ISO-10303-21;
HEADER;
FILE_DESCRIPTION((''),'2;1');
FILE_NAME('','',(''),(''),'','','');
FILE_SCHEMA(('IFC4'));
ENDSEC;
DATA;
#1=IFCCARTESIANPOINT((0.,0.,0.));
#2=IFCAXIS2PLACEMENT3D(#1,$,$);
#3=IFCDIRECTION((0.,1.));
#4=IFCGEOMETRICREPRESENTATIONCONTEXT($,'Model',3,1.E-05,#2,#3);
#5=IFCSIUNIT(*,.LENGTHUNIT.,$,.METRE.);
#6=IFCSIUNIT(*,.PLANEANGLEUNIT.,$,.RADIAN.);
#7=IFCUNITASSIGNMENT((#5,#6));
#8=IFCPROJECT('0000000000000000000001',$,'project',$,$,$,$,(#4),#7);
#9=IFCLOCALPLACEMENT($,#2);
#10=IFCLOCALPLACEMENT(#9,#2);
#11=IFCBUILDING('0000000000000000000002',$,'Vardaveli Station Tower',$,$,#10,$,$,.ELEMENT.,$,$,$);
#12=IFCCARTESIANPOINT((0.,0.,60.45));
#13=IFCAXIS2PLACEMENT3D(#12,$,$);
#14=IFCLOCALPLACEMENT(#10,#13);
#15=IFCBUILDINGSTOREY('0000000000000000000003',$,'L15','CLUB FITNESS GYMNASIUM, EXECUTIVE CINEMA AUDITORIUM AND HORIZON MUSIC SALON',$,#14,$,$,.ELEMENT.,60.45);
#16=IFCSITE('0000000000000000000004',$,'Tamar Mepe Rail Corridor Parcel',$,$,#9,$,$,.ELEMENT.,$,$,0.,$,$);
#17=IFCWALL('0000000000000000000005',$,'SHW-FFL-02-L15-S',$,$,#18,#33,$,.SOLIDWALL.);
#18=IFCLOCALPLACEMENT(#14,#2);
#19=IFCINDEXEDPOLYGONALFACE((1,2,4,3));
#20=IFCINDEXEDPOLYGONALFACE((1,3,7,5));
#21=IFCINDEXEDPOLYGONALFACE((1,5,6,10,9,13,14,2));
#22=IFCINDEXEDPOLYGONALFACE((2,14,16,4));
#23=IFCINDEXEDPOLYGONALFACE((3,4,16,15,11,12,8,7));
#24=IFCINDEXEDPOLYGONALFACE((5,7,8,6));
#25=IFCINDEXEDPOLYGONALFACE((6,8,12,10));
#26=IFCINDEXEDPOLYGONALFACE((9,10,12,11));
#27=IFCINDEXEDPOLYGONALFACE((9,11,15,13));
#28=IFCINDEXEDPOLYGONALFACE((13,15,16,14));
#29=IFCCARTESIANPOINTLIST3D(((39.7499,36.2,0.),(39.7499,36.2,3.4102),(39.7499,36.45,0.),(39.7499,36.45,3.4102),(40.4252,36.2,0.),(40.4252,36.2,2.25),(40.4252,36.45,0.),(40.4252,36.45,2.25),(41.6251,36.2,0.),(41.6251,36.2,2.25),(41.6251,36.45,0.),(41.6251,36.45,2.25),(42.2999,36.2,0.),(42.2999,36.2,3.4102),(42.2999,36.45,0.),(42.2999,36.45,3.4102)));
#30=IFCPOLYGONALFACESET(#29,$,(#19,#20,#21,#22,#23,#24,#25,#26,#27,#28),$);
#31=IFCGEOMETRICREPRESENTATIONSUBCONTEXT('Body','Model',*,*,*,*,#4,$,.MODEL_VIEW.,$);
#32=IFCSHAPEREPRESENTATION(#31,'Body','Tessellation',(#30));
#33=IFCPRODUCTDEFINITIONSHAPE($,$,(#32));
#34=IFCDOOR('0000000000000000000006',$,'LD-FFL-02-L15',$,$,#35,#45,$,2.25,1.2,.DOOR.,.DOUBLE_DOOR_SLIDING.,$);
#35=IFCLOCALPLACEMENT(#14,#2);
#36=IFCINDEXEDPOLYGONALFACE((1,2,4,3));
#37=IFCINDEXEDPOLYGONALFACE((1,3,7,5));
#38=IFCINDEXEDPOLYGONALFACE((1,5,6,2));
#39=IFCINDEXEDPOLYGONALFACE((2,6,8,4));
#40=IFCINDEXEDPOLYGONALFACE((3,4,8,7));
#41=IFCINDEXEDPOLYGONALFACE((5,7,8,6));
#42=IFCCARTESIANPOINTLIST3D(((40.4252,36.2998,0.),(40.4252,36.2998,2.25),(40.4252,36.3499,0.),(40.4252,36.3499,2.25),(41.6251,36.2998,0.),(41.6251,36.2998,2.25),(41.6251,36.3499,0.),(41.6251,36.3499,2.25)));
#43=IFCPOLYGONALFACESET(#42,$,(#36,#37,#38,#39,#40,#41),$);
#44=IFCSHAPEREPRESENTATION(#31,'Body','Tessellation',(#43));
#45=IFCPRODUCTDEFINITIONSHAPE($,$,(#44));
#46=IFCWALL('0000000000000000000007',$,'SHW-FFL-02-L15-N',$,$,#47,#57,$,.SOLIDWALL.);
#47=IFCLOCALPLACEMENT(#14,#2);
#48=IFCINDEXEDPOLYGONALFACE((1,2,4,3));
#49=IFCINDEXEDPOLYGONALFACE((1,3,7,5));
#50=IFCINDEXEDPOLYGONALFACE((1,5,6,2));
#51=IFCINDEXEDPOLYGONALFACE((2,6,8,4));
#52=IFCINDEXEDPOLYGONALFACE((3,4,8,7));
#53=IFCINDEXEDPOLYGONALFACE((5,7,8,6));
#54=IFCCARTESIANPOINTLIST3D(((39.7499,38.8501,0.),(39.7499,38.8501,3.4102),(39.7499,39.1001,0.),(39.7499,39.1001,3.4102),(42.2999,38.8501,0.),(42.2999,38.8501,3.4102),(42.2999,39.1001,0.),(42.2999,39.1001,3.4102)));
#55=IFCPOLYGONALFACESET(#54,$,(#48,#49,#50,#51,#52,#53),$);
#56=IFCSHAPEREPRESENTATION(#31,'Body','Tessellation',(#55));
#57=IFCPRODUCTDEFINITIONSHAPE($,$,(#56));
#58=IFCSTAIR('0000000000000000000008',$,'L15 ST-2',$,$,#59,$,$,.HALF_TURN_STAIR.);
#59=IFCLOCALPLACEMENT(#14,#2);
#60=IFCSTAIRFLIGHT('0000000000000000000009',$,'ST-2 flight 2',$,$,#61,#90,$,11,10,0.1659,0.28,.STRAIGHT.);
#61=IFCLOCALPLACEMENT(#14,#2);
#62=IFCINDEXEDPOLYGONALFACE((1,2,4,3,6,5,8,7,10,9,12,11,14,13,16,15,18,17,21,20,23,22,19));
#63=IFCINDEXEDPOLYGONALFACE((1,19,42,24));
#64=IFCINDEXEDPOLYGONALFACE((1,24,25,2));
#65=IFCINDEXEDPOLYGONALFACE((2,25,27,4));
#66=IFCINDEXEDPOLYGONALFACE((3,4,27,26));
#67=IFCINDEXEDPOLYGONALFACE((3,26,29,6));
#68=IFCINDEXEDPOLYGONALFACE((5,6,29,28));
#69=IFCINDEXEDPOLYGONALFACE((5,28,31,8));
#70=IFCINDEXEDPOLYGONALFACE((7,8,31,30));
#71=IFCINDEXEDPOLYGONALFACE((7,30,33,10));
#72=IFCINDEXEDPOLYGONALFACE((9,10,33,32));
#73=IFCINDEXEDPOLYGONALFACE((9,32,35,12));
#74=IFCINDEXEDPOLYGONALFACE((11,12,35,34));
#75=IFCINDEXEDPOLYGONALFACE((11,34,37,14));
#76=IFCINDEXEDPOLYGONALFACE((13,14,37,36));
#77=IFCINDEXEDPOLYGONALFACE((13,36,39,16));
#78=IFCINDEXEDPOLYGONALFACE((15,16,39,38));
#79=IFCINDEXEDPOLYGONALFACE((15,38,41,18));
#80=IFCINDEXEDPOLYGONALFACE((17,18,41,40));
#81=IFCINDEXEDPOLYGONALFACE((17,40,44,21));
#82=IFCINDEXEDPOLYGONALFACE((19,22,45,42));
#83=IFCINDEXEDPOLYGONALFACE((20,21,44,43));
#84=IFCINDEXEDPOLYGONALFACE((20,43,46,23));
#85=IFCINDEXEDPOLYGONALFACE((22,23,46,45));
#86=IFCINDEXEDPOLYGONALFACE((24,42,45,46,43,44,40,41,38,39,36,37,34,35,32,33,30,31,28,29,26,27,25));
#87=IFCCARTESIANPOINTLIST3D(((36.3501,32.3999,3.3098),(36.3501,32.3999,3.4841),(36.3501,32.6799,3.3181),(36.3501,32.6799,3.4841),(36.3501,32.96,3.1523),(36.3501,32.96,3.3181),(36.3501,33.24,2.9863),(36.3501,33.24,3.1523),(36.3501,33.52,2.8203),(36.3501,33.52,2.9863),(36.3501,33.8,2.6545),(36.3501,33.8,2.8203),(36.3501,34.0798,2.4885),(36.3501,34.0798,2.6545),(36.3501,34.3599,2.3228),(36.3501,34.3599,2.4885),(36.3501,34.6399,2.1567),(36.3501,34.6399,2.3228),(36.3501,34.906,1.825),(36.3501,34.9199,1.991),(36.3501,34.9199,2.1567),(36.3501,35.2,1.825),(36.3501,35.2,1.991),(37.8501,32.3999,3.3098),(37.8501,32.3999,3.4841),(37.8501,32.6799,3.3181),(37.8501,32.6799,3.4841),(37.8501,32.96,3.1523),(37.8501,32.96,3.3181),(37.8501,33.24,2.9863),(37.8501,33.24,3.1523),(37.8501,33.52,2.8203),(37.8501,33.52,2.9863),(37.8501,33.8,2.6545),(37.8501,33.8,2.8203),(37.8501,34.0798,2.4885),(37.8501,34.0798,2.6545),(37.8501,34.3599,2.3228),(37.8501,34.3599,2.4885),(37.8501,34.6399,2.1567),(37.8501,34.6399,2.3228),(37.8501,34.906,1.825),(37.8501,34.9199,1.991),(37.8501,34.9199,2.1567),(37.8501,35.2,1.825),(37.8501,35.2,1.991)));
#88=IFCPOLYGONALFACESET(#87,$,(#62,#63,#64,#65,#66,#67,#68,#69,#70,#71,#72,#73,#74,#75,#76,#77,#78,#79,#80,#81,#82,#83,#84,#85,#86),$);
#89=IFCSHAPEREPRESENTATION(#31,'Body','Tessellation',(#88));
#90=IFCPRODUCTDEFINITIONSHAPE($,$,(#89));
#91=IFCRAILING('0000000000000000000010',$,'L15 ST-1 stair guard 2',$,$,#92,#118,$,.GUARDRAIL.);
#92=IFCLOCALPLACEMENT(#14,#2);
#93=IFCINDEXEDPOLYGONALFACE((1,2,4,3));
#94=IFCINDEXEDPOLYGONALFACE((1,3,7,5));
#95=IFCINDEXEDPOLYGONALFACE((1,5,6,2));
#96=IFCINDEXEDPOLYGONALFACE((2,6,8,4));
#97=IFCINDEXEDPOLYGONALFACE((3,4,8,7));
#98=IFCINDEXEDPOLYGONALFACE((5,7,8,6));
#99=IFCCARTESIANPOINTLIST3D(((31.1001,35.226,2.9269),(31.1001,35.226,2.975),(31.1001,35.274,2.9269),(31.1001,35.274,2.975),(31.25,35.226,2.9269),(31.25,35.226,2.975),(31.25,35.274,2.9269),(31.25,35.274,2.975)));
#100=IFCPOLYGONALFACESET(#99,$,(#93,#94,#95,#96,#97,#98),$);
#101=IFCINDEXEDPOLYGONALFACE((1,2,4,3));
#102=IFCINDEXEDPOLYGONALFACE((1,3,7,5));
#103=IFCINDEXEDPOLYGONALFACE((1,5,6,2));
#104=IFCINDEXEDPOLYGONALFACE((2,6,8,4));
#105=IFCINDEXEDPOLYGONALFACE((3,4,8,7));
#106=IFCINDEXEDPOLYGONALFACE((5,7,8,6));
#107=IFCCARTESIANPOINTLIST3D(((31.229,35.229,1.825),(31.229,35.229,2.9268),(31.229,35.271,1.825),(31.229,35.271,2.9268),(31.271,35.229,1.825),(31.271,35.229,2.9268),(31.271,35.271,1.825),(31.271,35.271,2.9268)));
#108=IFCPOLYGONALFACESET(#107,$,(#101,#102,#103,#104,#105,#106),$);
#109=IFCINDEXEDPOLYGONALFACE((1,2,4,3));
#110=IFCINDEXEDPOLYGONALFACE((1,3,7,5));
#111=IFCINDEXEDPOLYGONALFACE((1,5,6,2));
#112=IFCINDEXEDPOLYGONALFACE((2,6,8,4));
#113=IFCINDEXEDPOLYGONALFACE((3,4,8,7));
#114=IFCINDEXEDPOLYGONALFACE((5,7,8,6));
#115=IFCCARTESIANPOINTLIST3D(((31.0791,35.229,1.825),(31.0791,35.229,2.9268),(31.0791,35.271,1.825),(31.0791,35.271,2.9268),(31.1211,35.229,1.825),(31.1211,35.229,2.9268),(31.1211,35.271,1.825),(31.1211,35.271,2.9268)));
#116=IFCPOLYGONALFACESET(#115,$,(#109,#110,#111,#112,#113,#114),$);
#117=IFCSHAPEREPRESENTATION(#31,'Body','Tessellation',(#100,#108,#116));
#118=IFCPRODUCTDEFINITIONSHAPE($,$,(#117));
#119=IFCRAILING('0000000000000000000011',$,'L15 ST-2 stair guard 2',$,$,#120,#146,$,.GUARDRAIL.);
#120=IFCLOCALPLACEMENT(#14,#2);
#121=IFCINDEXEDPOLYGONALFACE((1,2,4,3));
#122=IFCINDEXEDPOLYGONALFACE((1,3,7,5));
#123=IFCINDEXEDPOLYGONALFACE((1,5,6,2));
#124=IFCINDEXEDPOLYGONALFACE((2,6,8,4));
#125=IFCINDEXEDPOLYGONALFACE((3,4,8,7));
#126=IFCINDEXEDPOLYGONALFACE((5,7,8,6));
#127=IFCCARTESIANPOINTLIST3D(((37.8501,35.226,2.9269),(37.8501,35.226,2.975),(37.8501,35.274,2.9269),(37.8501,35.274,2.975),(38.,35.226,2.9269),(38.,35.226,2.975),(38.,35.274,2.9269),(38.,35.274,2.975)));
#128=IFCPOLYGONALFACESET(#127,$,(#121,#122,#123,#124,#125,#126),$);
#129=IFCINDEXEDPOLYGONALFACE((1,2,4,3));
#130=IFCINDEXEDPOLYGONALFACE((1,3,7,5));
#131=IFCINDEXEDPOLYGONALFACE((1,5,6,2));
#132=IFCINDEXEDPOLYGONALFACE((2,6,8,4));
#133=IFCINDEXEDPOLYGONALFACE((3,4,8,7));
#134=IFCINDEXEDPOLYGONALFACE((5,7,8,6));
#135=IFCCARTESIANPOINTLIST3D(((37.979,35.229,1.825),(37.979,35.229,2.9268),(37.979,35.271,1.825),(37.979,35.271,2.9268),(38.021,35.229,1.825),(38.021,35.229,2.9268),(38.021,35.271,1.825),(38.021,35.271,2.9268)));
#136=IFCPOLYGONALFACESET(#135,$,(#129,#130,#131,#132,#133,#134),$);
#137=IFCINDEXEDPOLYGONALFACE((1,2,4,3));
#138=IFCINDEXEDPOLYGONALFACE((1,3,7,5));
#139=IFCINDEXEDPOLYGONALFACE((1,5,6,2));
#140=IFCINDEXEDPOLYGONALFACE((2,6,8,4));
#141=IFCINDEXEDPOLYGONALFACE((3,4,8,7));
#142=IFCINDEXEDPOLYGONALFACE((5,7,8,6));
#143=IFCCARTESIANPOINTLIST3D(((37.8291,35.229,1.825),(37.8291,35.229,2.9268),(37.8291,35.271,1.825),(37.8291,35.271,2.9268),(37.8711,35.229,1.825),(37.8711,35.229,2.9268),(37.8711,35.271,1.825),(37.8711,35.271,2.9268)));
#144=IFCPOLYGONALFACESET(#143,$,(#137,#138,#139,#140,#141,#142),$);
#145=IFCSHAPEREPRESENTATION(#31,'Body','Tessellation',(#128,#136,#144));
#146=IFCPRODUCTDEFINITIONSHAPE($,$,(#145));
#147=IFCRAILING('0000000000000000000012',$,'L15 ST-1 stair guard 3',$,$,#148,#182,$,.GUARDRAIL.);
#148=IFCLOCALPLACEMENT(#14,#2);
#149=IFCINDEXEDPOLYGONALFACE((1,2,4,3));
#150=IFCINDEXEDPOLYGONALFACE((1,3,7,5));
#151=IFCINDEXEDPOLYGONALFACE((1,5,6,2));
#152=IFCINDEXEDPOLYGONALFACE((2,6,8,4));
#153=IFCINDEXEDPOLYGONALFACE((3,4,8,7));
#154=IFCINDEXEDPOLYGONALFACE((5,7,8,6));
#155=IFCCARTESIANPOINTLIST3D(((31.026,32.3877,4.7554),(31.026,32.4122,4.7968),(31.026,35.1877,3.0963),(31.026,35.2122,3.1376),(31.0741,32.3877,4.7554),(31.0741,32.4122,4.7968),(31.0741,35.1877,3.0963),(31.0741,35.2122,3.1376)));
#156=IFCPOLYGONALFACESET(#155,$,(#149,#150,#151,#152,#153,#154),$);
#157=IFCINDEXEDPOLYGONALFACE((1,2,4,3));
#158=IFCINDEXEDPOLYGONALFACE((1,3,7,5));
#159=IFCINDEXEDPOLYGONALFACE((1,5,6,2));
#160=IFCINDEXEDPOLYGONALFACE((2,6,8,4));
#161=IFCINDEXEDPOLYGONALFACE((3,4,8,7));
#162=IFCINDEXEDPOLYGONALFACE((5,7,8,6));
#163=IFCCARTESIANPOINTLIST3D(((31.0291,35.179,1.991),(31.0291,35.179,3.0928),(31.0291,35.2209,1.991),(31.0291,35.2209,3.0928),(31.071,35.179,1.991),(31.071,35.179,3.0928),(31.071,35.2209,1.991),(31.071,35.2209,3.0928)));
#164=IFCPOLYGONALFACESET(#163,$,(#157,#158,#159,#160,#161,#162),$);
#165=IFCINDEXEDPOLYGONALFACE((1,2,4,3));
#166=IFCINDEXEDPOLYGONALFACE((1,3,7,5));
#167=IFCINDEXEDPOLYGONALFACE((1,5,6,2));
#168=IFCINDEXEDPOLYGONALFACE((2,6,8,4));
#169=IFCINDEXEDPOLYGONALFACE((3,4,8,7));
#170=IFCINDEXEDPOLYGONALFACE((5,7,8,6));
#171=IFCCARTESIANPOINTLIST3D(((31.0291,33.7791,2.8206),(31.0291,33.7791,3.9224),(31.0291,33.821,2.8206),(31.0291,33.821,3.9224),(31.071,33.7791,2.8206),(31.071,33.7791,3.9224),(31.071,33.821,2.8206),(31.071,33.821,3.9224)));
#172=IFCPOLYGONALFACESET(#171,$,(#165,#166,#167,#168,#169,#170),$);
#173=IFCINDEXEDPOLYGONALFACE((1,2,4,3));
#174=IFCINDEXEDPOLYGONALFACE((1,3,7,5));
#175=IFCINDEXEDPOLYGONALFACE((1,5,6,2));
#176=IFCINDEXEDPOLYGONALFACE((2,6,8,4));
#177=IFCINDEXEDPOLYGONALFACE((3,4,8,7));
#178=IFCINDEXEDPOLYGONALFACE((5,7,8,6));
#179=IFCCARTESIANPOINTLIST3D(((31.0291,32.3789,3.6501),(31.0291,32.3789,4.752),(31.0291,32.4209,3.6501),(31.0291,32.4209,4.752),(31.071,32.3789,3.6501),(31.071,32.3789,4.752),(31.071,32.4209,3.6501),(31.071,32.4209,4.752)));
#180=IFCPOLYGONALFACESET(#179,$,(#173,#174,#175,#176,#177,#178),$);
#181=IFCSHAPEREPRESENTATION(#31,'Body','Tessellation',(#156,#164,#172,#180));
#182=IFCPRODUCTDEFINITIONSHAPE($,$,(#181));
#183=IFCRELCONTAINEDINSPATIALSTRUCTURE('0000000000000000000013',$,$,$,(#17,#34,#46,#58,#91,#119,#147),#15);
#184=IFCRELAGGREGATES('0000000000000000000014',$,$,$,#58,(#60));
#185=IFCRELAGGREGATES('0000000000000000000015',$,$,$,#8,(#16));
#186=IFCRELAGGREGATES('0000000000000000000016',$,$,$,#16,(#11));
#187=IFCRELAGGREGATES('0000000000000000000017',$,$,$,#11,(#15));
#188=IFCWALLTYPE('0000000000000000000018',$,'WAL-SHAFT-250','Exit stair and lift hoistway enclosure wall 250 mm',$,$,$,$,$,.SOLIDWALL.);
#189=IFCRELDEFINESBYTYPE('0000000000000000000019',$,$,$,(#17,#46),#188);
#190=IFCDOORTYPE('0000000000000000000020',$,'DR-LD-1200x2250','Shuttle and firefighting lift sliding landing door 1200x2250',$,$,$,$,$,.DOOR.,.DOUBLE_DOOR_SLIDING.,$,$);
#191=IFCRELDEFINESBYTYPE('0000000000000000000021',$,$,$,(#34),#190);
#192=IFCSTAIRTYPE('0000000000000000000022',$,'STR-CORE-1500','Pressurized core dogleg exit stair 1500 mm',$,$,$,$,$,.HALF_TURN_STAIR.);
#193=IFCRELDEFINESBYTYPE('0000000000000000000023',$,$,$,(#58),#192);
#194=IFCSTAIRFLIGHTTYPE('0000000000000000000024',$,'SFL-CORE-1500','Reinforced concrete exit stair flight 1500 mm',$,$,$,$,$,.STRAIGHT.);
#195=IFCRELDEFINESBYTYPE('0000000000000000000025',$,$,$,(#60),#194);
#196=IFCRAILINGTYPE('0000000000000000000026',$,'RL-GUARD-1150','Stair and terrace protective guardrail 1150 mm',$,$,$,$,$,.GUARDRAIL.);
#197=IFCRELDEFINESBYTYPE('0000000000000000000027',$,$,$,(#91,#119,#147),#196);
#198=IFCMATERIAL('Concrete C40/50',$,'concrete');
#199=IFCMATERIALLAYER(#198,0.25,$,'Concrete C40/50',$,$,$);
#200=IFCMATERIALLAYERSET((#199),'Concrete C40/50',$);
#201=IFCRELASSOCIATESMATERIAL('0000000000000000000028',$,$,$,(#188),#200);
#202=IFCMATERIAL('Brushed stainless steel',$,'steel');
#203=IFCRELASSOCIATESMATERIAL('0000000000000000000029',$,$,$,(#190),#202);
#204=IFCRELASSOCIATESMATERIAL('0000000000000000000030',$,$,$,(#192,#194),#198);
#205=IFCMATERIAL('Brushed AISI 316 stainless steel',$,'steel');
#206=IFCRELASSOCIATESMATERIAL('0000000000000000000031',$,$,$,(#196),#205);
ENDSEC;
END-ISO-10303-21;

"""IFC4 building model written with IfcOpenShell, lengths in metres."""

from ifc_helpers import new_model, si_unit, direction, frame, frame_2d, origin, origin_2d, place, context, subcontext, project, spatial, polyline, rectangle, outline, extrude, source, transform, mapped, material, layer, layer_set, type_object, element, fill, aggregate, save


model = new_model("IFC4")

# Units and contexts
model_context = context("Model", 3, precision=1e-05, world=origin(), true_north=direction((0.0, 1.0)))
body_context = subcontext(model_context, "Body", "Model", "MODEL_VIEW")
ifc_project = project(units=[si_unit("LENGTHUNIT", "METRE"), si_unit("PLANEANGLEUNIT", "RADIAN")], contexts=[model_context])

# Site, building, storey
site_placement = place(None, origin())
site = spatial("IfcSite", under=ifc_project, at=site_placement, Name="Tamar Mepe Rail Corridor Parcel", CompositionType="ELEMENT", RefElevation=0.0)
building_placement = place(site_placement, origin())
building = spatial("IfcBuilding", under=site, at=building_placement, Name="Vardaveli Station Tower", CompositionType="ELEMENT")
storey_placement = place(building_placement, frame((0.0, 0.0, 60.45)))
storey = spatial("IfcBuildingStorey", under=building, at=storey_placement, Name="L15", Description="CLUB FITNESS GYMNASIUM, EXECUTIVE CINEMA AUDITORIUM AND HORIZON MUSIC SALON", CompositionType="ELEMENT", Elevation=60.45)

# Shared definitions
ifc_material_1 = material(Name="Concrete C40/50", Category="concrete")
ifc_layer_1 = layer(ifc_material_1, 0.25, Name="Concrete C40/50")
ifc_layer_set_1 = layer_set([ifc_layer_1], Name="Concrete C40/50")
wall_type_1 = type_object("IfcWallType", Name="WAL-SHAFT-250", Description="Exit stair and lift hoistway enclosure wall 250 mm", PredefinedType="SOLIDWALL", material=ifc_layer_set_1)

# Shared definitions
shared_shape_1 = source(origin(), body_context, "Body", "SweptSolid", [
    extrude(rectangle(XDim=1.2, YDim=2.25, at=frame_2d((0.6001, 1.125))), frame((0.0, 0.135, 0.0), z_axis=(0.0, -1.0, 0.0), x_axis=(1.0, 0.0, 0.0)), (0.0, 0.0, 1.0), 0.27),
])
ifc_material_2 = material(Name="Brushed stainless steel", Category="steel")
door_type = type_object("IfcDoorType", Name="DR-LD-1200x2250", Description="Shuttle and firefighting lift sliding landing door 1200x2250", OperationType="DOUBLE_DOOR_SLIDING", PredefinedType="DOOR", material=ifc_material_2)
shared_shape_2 = source(origin(), body_context, "Body", "SweptSolid", [
    extrude(rectangle(XDim=1.2, YDim=2.25, at=frame_2d((0.6001, 1.125))), frame((0.0, 0.0249, 0.0), z_axis=(0.0, -1.0, 0.0), x_axis=(1.0, 0.0, 0.0)), (0.0, 0.0, 1.0), 0.05),
])

# Wall, opening, door
shared_shape_3 = source(origin(), body_context, "Body", "SweptSolid", [
    extrude(rectangle(XDim=2.55, YDim=0.25, at=frame_2d((1.2749, 0.0))), origin(), (0.0, 0.0, 1.0), 3.4102),
])
wall_1_placement = place(storey_placement, frame((39.75, 36.325, 0.0), z_axis=(0.0, 0.0, 1.0), x_axis=(1.0, 0.0, 0.0)))
wall_1 = element("IfcWall", 1, at=wall_1_placement, inside=storey, type_object=wall_type_1, Name="SHW-FFL-02-L15-S", PredefinedType="SOLIDWALL", context=body_context, shape_type="MappedRepresentation", body=[
    mapped(shared_shape_3, transform((0.0, 0.0, 0.0), scale=1.0)),
])
opening_1_placement = place(wall_1_placement, frame((0.675, 0.0, 0.0)))
opening_1 = element("IfcOpeningElement", 2, at=opening_1_placement, cuts=wall_1, PredefinedType="OPENING", context=body_context, shape_type="MappedRepresentation", body=[
    mapped(shared_shape_1, transform((0.0, 0.0, 0.0), scale=1.0)),
])
door_1_placement = place(opening_1_placement, origin())
door_1 = element("IfcDoor", 3, at=door_1_placement, inside=storey, type_object=door_type, Name="LD-FFL-02-L15", OperationType="DOUBLE_DOOR_SLIDING", OverallHeight=2.25, OverallWidth=1.2, PredefinedType="DOOR", context=body_context, shape_type="MappedRepresentation", body=[
    mapped(shared_shape_2, transform((0.0, 0.0, 0.0), scale=1.0)),
])
fill(opening_1, door_1)

# Wall
wall_2_placement = place(storey_placement, frame((39.75, 38.9751, 0.0), z_axis=(0.0, 0.0, 1.0), x_axis=(1.0, 0.0, 0.0)))
element("IfcWall", 4, at=wall_2_placement, inside=storey, type_object=wall_type_1, Name="SHW-FFL-02-L15-N", PredefinedType="SOLIDWALL", context=body_context, shape_type="MappedRepresentation", body=[
    mapped(shared_shape_3, transform((0.0, 0.0, 0.0), scale=1.0)),
])

# Stair, stair flight
stair_type = type_object("IfcStairType", Name="STR-CORE-1500", Description="Pressurized core dogleg exit stair 1500 mm", PredefinedType="HALF_TURN_STAIR", material=ifc_material_1)
stair_placement = place(storey_placement, origin())
stair = element("IfcStair", 5, at=stair_placement, inside=storey, type_object=stair_type, Name="L15 ST-2", PredefinedType="HALF_TURN_STAIR")
stair_flight_type = type_object("IfcStairFlightType", Name="SFL-CORE-1500", Description="Reinforced concrete exit stair flight 1500 mm", PredefinedType="STRAIGHT", material=ifc_material_1)
shared_shape_4 = source(origin(), body_context, "Body", "SweptSolid", [
    extrude(outline(polyline([(0.0, 0.0), (0.0, 0.166), (0.28, 0.166), (0.28, 0.3318), (0.5601, 0.3318), (0.5601, 0.4978), (0.8401, 0.4978), (0.8401, 0.6636), (1.1201, 0.6636), (1.1201, 0.8296), (1.3999, 0.8296), (1.3999, 0.9954), (1.6799, 0.9954), (1.6799, 1.1614), (1.96, 1.1614), (1.96, 1.3274), (2.24, 1.3274), (2.24, 1.4932), (2.52, 1.4932), (2.52, 1.6592), (2.8, 1.6592), (2.8, 1.825), (2.8, 1.4849), (0.2939, 0.0), (0.0, 0.0)])), frame((0.0, 0.75, 0.0), z_axis=(0.0, -1.0, 0.0), x_axis=(1.0, 0.0, 0.0)), (0.0, 0.0, 1.0), 1.5),
])
stair_flight_placement = place(storey_placement, frame((37.1001, 35.2, 1.825), z_axis=(0.0, 0.0, 1.0), x_axis=(0.0, -1.0, 0.0)))
stair_flight = element("IfcStairFlight", 6, at=stair_flight_placement, type_object=stair_flight_type, Name="ST-2 flight 2", NumberOfRisers=11, NumberOfTreads=10, PredefinedType="STRAIGHT", RiserHeight=0.1659, TreadLength=0.28, context=body_context, shape_type="MappedRepresentation", body=[
    mapped(shared_shape_4, transform((0.0, 0.0, 0.0), scale=1.0)),
])
aggregate(stair, [stair_flight])

# Railings
ifc_material_3 = material(Name="Brushed AISI 316 stainless steel", Category="steel")
railing_type_1 = type_object("IfcRailingType", Name="RL-GUARD-1150", Description="Stair and terrace protective guardrail 1150 mm", PredefinedType="GUARDRAIL", material=ifc_material_3)
shared_shape_5 = source(origin(), body_context, "Body", "SweptSolid", [
    extrude(rectangle(XDim=0.0481, YDim=0.0481, at=origin_2d()), frame((0.0, 0.0, 1.126), z_axis=(-1.0, 0.0, 0.0), x_axis=(0.0, -1.0, 0.0)), (0.0, 0.0, 1.0), 0.1499),
    extrude(rectangle(XDim=0.042, YDim=0.042, at=origin_2d()), origin(), (0.0, 0.0, 1.0), 1.1018),
    extrude(rectangle(XDim=0.042, YDim=0.042, at=origin_2d()), frame((-0.1499, 0.0, 0.0)), (0.0, 0.0, 1.0), 1.1018),
])
for number, where, name in (
    (7, (31.25, 35.25, 1.825), "L15 ST-1 stair guard 2"),
    (8, (38.0, 35.25, 1.825), "L15 ST-2 stair guard 2"),
):
    element("IfcRailing", number, at=place(storey_placement, frame(where)), inside=storey, type_object=railing_type_1, Name=name, PredefinedType="GUARDRAIL", context=body_context, shape_type="MappedRepresentation", body=[
        mapped(shared_shape_5, transform((0.0, 0.0, 0.0), scale=1.0)),
    ])
shared_shape_6 = source(origin(), body_context, "Body", "SweptSolid", [
    extrude(rectangle(XDim=0.0481, YDim=0.0481, at=origin_2d()), frame((0.0, 0.0, 1.126), z_axis=(0.0, -0.860306, 0.509778), x_axis=(1.0, 0.0, 0.0)), (0.0, 0.0, 1.0), 3.2546),
    extrude(rectangle(XDim=0.042, YDim=0.042, at=origin_2d()), origin(), (0.0, 0.0, 1.0), 1.1018),
    extrude(rectangle(XDim=0.042, YDim=0.042, at=origin_2d()), frame((0.0, -1.3999, 0.8296)), (0.0, 0.0, 1.0), 1.1018),
    extrude(rectangle(XDim=0.042, YDim=0.042, at=origin_2d()), frame((0.0, -2.8, 1.6592)), (0.0, 0.0, 1.0), 1.1018),
])
for number, where, name in (
    (9, (31.05, 35.2, 1.991), "L15 ST-1 stair guard 3"),
):
    element("IfcRailing", number, at=place(storey_placement, frame(where)), inside=storey, type_object=railing_type_1, Name=name, PredefinedType="GUARDRAIL", context=body_context, shape_type="MappedRepresentation", body=[
        mapped(shared_shape_6, transform((0.0, 0.0, 0.0), scale=1.0)),
    ])

save(model, "model.ifc")
